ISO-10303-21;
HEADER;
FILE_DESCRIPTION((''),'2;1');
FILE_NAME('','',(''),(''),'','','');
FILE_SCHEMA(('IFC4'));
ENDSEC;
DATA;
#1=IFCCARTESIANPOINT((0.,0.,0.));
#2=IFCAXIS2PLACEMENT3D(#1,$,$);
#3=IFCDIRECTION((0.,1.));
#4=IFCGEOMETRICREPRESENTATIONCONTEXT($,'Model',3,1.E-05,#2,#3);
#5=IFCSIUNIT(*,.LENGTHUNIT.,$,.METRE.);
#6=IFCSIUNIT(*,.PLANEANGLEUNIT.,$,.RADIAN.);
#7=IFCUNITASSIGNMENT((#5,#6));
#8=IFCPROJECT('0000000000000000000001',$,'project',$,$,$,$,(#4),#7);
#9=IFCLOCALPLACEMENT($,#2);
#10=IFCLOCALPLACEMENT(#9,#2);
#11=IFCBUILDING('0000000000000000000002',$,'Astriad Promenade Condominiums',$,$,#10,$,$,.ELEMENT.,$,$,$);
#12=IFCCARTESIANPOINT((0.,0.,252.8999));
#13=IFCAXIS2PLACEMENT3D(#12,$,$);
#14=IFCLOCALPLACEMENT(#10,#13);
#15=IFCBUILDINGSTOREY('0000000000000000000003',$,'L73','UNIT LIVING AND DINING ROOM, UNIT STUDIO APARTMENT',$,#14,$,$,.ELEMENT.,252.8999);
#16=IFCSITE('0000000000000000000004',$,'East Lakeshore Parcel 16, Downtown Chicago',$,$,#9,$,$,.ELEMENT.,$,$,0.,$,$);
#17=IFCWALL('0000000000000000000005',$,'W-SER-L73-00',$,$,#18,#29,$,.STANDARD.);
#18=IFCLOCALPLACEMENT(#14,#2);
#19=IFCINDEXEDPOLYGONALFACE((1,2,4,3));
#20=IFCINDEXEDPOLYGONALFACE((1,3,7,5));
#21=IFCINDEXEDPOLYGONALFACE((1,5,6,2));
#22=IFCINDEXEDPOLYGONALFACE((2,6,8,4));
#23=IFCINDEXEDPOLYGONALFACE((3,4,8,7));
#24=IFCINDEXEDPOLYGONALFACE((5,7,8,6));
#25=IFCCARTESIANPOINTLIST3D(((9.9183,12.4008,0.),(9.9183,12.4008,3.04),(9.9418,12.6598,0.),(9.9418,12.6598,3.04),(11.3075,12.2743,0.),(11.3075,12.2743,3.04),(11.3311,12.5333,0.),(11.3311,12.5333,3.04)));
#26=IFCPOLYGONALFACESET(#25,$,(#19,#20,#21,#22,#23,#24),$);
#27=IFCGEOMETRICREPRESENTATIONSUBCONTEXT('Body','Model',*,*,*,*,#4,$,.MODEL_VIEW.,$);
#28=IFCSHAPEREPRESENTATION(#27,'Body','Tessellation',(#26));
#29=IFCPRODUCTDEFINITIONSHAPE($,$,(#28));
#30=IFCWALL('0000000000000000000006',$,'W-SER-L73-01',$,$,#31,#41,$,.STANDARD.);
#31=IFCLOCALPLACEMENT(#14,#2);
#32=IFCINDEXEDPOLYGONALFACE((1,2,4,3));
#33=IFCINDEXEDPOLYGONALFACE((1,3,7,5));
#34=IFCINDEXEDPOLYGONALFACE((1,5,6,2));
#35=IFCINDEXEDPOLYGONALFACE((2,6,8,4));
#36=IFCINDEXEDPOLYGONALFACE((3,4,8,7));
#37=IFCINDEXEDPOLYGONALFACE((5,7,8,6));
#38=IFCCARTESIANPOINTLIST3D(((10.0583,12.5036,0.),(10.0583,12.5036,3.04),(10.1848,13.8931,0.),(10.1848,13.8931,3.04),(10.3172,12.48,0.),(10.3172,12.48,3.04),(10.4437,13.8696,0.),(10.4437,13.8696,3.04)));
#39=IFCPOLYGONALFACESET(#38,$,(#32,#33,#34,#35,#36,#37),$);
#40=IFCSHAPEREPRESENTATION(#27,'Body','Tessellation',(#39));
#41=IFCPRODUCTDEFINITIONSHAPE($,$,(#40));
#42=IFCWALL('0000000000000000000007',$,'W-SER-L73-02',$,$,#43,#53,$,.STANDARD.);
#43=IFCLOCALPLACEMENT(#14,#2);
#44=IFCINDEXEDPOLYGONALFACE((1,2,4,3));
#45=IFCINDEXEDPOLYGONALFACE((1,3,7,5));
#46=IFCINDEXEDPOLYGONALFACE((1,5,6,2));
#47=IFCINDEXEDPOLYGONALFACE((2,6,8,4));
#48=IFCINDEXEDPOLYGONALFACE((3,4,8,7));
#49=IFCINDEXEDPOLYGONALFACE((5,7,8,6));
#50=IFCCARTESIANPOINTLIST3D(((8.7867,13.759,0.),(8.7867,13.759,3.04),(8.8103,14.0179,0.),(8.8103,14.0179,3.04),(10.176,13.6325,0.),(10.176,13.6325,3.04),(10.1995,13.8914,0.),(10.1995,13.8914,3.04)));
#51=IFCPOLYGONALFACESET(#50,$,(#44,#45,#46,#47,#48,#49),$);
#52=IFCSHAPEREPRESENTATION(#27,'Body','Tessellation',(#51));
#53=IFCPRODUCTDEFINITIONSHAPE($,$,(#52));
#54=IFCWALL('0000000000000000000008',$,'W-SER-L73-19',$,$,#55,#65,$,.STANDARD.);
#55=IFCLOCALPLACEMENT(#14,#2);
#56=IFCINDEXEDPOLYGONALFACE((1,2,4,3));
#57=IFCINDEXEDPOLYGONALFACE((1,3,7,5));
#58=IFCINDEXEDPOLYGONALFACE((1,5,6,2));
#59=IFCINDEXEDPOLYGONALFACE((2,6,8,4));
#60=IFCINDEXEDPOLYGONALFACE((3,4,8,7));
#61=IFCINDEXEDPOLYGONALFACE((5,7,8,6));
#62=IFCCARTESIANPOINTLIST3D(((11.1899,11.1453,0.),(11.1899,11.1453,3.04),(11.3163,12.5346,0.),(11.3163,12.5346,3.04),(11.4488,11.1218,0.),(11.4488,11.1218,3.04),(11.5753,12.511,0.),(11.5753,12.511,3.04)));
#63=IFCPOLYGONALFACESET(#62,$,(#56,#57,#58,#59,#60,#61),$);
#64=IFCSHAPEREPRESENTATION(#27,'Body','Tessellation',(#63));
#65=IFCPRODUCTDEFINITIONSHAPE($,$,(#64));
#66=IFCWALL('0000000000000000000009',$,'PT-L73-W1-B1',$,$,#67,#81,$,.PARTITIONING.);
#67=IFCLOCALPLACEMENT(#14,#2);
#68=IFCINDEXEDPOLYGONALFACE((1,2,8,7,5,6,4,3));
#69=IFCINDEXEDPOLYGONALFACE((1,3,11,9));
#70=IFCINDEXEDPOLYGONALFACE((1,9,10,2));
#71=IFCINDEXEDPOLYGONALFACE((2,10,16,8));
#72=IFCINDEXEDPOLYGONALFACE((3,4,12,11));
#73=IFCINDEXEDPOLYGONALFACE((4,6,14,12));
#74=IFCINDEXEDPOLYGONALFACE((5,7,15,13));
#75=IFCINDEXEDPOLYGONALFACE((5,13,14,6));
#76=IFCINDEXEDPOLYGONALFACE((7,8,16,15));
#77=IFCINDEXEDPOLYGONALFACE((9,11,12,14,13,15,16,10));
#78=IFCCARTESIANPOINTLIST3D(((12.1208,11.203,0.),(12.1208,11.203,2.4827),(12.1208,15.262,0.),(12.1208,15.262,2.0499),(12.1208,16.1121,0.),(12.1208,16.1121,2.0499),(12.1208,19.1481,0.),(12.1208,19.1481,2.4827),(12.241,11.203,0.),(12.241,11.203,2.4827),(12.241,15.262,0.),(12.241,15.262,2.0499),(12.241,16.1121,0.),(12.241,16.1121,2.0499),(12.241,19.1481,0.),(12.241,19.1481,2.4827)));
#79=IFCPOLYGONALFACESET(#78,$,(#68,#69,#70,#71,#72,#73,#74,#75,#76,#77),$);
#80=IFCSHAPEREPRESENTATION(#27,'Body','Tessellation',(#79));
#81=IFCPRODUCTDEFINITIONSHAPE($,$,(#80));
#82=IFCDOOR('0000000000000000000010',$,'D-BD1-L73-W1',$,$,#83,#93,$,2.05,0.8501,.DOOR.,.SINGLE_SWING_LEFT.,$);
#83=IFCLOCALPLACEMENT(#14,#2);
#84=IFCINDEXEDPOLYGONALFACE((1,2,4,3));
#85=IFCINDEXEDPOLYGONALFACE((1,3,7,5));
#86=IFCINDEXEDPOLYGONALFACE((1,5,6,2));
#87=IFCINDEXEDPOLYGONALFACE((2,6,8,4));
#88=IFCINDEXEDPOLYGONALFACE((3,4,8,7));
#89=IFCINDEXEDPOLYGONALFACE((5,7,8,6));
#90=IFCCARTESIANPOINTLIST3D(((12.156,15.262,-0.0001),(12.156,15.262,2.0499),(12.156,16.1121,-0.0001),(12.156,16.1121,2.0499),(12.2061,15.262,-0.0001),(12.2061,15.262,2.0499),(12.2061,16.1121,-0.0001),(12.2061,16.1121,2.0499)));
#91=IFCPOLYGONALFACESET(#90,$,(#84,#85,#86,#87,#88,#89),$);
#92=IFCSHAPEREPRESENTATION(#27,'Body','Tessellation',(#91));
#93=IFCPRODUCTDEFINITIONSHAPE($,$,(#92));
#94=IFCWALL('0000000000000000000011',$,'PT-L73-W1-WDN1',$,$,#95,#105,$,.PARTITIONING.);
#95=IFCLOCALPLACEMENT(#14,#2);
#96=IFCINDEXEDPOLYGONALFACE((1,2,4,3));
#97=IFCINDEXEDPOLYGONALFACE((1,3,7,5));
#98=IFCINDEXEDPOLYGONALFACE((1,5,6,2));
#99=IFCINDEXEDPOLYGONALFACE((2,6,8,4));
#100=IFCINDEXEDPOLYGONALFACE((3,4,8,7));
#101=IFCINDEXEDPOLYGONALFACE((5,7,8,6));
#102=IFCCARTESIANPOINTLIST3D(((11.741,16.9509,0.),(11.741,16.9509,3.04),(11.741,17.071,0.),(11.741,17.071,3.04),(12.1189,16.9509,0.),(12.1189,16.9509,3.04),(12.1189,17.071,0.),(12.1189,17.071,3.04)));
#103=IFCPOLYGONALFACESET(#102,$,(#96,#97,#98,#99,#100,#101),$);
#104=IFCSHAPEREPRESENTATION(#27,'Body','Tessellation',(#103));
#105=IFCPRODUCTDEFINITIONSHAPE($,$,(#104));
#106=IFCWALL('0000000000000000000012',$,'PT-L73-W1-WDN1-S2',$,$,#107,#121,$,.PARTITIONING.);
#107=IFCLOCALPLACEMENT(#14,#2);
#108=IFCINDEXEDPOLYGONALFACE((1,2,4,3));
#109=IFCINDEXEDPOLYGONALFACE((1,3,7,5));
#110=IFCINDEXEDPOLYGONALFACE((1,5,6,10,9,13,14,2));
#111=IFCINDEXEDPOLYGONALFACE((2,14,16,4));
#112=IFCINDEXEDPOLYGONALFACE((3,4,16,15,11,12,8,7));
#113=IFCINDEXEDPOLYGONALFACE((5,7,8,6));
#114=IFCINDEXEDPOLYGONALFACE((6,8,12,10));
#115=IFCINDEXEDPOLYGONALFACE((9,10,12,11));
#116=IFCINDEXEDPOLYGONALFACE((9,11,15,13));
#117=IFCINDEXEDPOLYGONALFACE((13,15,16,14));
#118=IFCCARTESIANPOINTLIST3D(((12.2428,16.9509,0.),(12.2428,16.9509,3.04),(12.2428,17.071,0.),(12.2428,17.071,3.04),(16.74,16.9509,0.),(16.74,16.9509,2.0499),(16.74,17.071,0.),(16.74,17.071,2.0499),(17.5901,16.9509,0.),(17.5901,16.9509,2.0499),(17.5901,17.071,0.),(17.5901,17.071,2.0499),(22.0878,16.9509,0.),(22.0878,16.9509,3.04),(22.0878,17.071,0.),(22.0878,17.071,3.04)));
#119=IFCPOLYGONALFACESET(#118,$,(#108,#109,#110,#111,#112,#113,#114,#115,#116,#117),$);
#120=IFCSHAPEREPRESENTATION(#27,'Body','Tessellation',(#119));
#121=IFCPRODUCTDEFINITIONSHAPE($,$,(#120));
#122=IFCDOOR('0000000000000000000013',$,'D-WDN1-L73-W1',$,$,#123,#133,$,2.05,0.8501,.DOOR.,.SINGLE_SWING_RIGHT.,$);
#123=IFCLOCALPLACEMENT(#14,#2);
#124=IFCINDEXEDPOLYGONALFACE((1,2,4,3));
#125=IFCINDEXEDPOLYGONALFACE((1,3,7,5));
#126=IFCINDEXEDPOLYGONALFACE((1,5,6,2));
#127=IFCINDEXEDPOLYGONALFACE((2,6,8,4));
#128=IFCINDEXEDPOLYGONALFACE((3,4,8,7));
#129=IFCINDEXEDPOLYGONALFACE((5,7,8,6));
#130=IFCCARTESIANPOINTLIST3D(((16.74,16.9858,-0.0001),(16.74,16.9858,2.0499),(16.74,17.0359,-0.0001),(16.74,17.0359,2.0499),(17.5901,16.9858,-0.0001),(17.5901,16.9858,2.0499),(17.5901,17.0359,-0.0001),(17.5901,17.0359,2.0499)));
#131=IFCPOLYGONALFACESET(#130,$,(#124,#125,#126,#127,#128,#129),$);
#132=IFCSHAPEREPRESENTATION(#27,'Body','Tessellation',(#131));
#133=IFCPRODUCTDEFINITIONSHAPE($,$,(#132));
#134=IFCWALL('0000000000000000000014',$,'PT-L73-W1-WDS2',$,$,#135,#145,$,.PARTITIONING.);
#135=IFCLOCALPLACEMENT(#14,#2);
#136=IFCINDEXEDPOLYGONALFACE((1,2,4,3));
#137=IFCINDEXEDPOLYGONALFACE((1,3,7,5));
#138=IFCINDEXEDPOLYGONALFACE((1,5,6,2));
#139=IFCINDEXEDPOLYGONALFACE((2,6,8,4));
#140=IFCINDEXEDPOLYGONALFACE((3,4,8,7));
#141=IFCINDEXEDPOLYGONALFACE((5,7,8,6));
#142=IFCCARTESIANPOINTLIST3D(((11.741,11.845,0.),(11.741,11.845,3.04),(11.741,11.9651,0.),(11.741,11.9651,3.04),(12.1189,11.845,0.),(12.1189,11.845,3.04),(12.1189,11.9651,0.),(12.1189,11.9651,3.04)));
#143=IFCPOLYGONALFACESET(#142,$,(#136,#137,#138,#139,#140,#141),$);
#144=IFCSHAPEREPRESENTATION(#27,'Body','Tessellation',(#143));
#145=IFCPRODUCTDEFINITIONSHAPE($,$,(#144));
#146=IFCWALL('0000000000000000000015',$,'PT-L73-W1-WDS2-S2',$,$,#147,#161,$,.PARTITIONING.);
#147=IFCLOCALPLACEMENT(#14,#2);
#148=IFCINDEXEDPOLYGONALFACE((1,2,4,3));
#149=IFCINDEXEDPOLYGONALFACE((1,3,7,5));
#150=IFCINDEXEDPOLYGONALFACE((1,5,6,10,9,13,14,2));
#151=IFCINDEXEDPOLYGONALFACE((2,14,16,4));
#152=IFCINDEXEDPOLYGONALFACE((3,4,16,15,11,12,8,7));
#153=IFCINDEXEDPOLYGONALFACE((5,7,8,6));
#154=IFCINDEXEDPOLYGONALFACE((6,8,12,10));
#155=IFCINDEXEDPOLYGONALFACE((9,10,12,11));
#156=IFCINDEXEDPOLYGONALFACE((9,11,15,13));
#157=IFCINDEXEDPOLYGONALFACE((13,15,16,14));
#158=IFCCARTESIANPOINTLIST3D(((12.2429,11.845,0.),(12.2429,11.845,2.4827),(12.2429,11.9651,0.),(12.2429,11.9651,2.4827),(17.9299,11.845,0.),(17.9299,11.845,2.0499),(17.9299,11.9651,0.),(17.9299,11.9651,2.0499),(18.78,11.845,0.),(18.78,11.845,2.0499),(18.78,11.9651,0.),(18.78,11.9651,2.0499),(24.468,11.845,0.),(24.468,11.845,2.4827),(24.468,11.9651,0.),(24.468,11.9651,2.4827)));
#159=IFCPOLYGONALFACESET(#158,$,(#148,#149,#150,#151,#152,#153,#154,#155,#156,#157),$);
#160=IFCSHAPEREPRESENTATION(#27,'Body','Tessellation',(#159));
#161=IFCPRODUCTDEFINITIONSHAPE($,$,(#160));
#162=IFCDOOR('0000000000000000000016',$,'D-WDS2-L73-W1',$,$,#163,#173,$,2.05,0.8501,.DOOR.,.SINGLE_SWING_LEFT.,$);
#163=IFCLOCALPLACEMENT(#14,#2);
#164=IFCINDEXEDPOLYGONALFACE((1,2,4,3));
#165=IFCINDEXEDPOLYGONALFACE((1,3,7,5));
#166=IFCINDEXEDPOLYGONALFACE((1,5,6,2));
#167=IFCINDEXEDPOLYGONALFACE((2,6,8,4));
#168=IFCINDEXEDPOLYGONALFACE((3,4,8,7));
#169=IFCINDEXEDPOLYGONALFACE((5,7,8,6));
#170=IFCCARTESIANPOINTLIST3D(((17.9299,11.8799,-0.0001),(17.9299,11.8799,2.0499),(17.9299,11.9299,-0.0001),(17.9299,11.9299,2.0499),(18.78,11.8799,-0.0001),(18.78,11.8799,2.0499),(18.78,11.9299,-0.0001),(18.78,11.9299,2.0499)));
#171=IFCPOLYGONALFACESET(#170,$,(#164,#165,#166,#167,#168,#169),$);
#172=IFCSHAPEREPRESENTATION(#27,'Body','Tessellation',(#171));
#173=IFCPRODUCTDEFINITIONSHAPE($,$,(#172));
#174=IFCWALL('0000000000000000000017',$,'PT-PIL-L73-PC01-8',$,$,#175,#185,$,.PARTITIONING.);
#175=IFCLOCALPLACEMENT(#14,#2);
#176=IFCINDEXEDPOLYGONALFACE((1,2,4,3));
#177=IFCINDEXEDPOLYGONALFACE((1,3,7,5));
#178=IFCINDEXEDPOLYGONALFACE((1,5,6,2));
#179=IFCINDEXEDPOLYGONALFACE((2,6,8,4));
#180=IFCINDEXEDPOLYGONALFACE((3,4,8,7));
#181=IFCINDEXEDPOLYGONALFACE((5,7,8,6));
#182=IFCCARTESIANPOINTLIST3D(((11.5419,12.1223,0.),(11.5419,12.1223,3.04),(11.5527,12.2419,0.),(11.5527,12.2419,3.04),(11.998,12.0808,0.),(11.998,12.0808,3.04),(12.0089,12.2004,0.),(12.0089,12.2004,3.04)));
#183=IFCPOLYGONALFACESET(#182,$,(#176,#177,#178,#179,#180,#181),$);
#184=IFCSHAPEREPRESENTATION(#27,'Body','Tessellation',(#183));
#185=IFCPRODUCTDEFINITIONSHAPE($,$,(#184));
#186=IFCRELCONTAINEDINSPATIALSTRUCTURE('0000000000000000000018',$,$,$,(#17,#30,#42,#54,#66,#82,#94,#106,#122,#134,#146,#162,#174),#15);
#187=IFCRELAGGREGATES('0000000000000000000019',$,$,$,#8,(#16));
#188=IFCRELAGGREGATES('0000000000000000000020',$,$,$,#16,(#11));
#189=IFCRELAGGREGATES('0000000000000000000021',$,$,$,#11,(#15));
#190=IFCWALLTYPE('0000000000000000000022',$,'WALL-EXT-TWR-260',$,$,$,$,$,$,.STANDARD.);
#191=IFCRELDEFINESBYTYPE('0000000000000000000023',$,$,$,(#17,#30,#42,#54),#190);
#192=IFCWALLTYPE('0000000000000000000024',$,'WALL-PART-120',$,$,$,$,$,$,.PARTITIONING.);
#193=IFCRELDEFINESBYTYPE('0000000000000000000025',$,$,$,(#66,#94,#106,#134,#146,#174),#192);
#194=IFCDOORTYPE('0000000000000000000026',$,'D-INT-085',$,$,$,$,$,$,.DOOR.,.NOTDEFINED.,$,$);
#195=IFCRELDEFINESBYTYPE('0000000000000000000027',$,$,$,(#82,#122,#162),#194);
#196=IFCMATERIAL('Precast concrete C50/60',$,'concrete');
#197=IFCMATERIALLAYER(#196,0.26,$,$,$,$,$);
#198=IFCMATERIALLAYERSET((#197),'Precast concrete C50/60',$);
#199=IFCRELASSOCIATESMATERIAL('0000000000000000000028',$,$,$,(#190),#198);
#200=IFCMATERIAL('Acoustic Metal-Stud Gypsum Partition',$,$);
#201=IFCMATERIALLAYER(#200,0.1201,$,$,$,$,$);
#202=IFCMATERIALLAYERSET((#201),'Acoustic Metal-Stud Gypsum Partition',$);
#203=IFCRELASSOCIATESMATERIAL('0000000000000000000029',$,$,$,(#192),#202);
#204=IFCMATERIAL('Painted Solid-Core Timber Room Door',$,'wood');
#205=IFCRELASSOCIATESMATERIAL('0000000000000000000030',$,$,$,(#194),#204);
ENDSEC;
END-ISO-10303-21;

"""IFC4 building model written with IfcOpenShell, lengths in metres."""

from ifc_helpers import new_model, si_unit, direction, frame, frame_2d, origin, place, context, subcontext, project, spatial, rectangle, extrude, source, transform, mapped, material, layer, layer_set, type_object, type_shapes, element, fill, save


model = new_model("IFC4")

# Units and contexts
model_context = context("Model", 3, precision=1e-05, world=origin(), true_north=direction((0.0, 1.0)))
body_context = subcontext(model_context, "Body", "Model", "MODEL_VIEW")
ifc_project = project(units=[si_unit("LENGTHUNIT", "METRE"), si_unit("PLANEANGLEUNIT", "RADIAN")], contexts=[model_context])

# Site, building, storey
site_placement = place(None, origin())
site = spatial("IfcSite", under=ifc_project, at=site_placement, Name="East Lakeshore Parcel 16, Downtown Chicago", CompositionType="ELEMENT", RefElevation=0.0)
building_placement = place(site_placement, origin())
building = spatial("IfcBuilding", under=site, at=building_placement, Name="Astriad Promenade Condominiums", CompositionType="ELEMENT")
storey_placement = place(building_placement, frame((0.0, 0.0, 252.8999)))
storey = spatial("IfcBuildingStorey", under=building, at=storey_placement, Name="L73", Description="UNIT LIVING AND DINING ROOM, UNIT STUDIO APARTMENT", CompositionType="ELEMENT", Elevation=252.8999)

# Shared definitions
ifc_material_1 = material(Name="Precast concrete C50/60", Category="concrete")

# Walls
ifc_layer_1 = layer(ifc_material_1, 0.26)
ifc_layer_set_1 = layer_set([ifc_layer_1], Name="Precast concrete C50/60")
wall_type_1 = type_object("IfcWallType", Name="WALL-EXT-TWR-260", PredefinedType="STANDARD", material=ifc_layer_set_1)
wall_1_placement = place(storey_placement, frame((11.3193, 12.4038, 0.0), z_axis=(0.0, 0.0, 1.0), x_axis=(-0.995882, 0.090662, 0.0)))
element("IfcWall", 1, at=wall_1_placement, inside=storey, type_object=wall_type_1, Name="W-SER-L73-00", PredefinedType="STANDARD", context=body_context, shape_type="SweptSolid", body=[
    extrude(rectangle(XDim=1.395, YDim=0.26, at=frame_2d((0.6975, 0.0))), origin(), (0.0, 0.0, 1.0), 3.04),
])
wall_2_placement = place(storey_placement, frame((10.1877, 12.4917, 0.0), z_axis=(0.0, 0.0, 1.0), x_axis=(0.090646, 0.995883, 0.0)))
element("IfcWall", 2, at=wall_2_placement, inside=storey, type_object=wall_type_1, Name="W-SER-L73-01", PredefinedType="STANDARD", context=body_context, shape_type="SweptSolid", body=[
    extrude(rectangle(XDim=1.3953, YDim=0.26, at=frame_2d((0.6978, 0.0))), origin(), (0.0, 0.0, 1.0), 3.04),
])
for number, where, z_axis, x_axis, name in (
    (3, (10.1877, 13.762, 0.0), (0.0, 0.0, 1.0), (-0.995882, 0.090662, 0.0), "W-SER-L73-02"),
    (4, (11.3193, 11.1335, 0.0), (0.0, 0.0, 1.0), (0.090662, 0.995882, 0.0), "W-SER-L73-19"),
):
    element("IfcWall", number, at=place(storey_placement, frame(where, z_axis=z_axis, x_axis=x_axis)), inside=storey, type_object=wall_type_1, Name=name, PredefinedType="STANDARD", context=body_context, shape_type="SweptSolid", body=[
        extrude(rectangle(XDim=1.395, YDim=0.26, at=frame_2d((0.6975, 0.0))), origin(), (0.0, 0.0, 1.0), 3.04),
    ])

# Wall, opening, door
ifc_material_2 = material(Name="Acoustic Metal-Stud Gypsum Partition")
ifc_layer_2 = layer(ifc_material_2, 0.1201)
ifc_layer_set_2 = layer_set([ifc_layer_2], Name="Acoustic Metal-Stud Gypsum Partition")
wall_type_2 = type_object("IfcWallType", Name="WALL-PART-120", PredefinedType="PARTITIONING", material=ifc_layer_set_2)
wall_3_placement = place(storey_placement, frame((12.1809, 11.2029, 0.0), z_axis=(0.0, 0.0, 1.0), x_axis=(0.0, 1.0, 0.0)))
wall_3 = element("IfcWall", 5, at=wall_3_placement, inside=storey, type_object=wall_type_2, Name="PT-L73-W1-B1", PredefinedType="PARTITIONING", context=body_context, shape_type="SweptSolid", body=[
    extrude(rectangle(XDim=7.9451, YDim=0.1201, at=frame_2d((3.9727, 0.0))), origin(), (0.0, 0.0, 1.0), 2.4827),
])
opening_1_placement = place(wall_3_placement, frame((4.0591, 0.0, 0.0)))
opening_1 = element("IfcOpeningElement", 6, at=opening_1_placement, cuts=wall_3, PredefinedType="OPENING", context=body_context, shape_type="SweptSolid", body=[
    extrude(rectangle(XDim=0.8501, YDim=2.05, at=frame_2d((0.425, 1.0249))), frame((0.0, 0.0701, 0.0), z_axis=(0.0, -1.0, 0.0), x_axis=(1.0, 0.0, 0.0)), (0.0, 0.0, 1.0), 0.1401),
])
ifc_material_3 = material(Name="Painted Solid-Core Timber Room Door", Category="wood")
door_type = type_object("IfcDoorType", Name="D-INT-085", OperationType="NOTDEFINED", PredefinedType="DOOR", material=ifc_material_3)
shared_shape_1 = source(origin(), body_context, "Body", "SweptSolid", [
    extrude(rectangle(XDim=0.8501, YDim=2.05, at=frame_2d((0.425, 1.0249))), frame((0.0, 0.0249, 0.0), z_axis=(0.0, -1.0, 0.0), x_axis=(1.0, 0.0, 0.0)), (0.0, 0.0, 1.0), 0.05),
])
type_shapes(door_type, [shared_shape_1])
door_1_placement = place(opening_1_placement, origin())
door_1 = element("IfcDoor", 7, at=door_1_placement, inside=storey, type_object=door_type, Name="D-BD1-L73-W1", OperationType="SINGLE_SWING_LEFT", OverallHeight=2.05, OverallWidth=0.8501, PredefinedType="DOOR", context=body_context, shape_type="MappedRepresentation", body=[
    mapped(shared_shape_1, transform((0.0, 0.0, 0.0), scale=1.0)),
])
fill(opening_1, door_1)

# Wall
wall_4_placement = place(storey_placement, frame((11.741, 17.011, 0.0), z_axis=(0.0, 0.0, 1.0), x_axis=(1.0, 0.0, 0.0)))
element("IfcWall", 8, at=wall_4_placement, inside=storey, type_object=wall_type_2, Name="PT-L73-W1-WDN1", PredefinedType="PARTITIONING", context=body_context, shape_type="SweptSolid", body=[
    extrude(rectangle(XDim=0.3779, YDim=0.1201, at=frame_2d((0.189, 0.0))), origin(), (0.0, 0.0, 1.0), 3.04),
])

# Wall, opening, door
wall_5_placement = place(storey_placement, frame((12.2429, 17.011, 0.0), z_axis=(0.0, 0.0, 1.0), x_axis=(1.0, 0.0, 0.0)))
wall_5 = element("IfcWall", 9, at=wall_5_placement, inside=storey, type_object=wall_type_2, Name="PT-L73-W1-WDN1-S2", PredefinedType="PARTITIONING", context=body_context, shape_type="SweptSolid", body=[
    extrude(rectangle(XDim=9.845, YDim=0.1201, at=frame_2d((4.9224, 0.0))), origin(), (0.0, 0.0, 1.0), 3.04),
])
opening_2_placement = place(wall_5_placement, frame((4.4971, 0.0, 0.0)))
opening_2 = element("IfcOpeningElement", 10, at=opening_2_placement, cuts=wall_5, PredefinedType="OPENING", context=body_context, shape_type="SweptSolid", body=[
    extrude(rectangle(XDim=0.8501, YDim=2.05, at=frame_2d((0.425, 1.0249))), frame((0.0, 0.0701, 0.0), z_axis=(0.0, -1.0, 0.0), x_axis=(1.0, 0.0, 0.0)), (0.0, 0.0, 1.0), 0.1401),
])
door_2_placement = place(opening_2_placement, origin())
door_2 = element("IfcDoor", 11, at=door_2_placement, inside=storey, type_object=door_type, Name="D-WDN1-L73-W1", OperationType="SINGLE_SWING_RIGHT", OverallHeight=2.05, OverallWidth=0.8501, PredefinedType="DOOR", context=body_context, shape_type="MappedRepresentation", body=[
    mapped(shared_shape_1, transform((0.0, 0.0, 0.0), scale=1.0)),
])
fill(opening_2, door_2)

# Wall
wall_6_placement = place(storey_placement, frame((11.741, 11.905, 0.0), z_axis=(0.0, 0.0, 1.0), x_axis=(1.0, 0.0, 0.0)))
element("IfcWall", 12, at=wall_6_placement, inside=storey, type_object=wall_type_2, Name="PT-L73-W1-WDS2", PredefinedType="PARTITIONING", context=body_context, shape_type="SweptSolid", body=[
    extrude(rectangle(XDim=0.3779, YDim=0.1201, at=frame_2d((0.189, 0.0))), origin(), (0.0, 0.0, 1.0), 3.04),
])

# Wall, opening, door
wall_7_placement = place(storey_placement, frame((12.2429, 11.905, 0.0), z_axis=(0.0, 0.0, 1.0), x_axis=(1.0, 0.0, 0.0)))
wall_7 = element("IfcWall", 13, at=wall_7_placement, inside=storey, type_object=wall_type_2, Name="PT-L73-W1-WDS2-S2", PredefinedType="PARTITIONING", context=body_context, shape_type="SweptSolid", body=[
    extrude(rectangle(XDim=12.2251, YDim=0.1201, at=frame_2d((6.1125, 0.0))), origin(), (0.0, 0.0, 1.0), 2.4827),
])
opening_3_placement = place(wall_7_placement, frame((5.687, 0.0, 0.0)))
opening_3 = element("IfcOpeningElement", 14, at=opening_3_placement, cuts=wall_7, PredefinedType="OPENING", context=body_context, shape_type="SweptSolid", body=[
    extrude(rectangle(XDim=0.8501, YDim=2.05, at=frame_2d((0.425, 1.0249))), frame((0.0, 0.0701, 0.0), z_axis=(0.0, -1.0, 0.0), x_axis=(1.0, 0.0, 0.0)), (0.0, 0.0, 1.0), 0.1401),
])
door_3_placement = place(opening_3_placement, origin())
door_3 = element("IfcDoor", 15, at=door_3_placement, inside=storey, type_object=door_type, Name="D-WDS2-L73-W1", OperationType="SINGLE_SWING_LEFT", OverallHeight=2.05, OverallWidth=0.8501, PredefinedType="DOOR", context=body_context, shape_type="MappedRepresentation", body=[
    mapped(shared_shape_1, transform((0.0, 0.0, 0.0), scale=1.0)),
])
fill(opening_3, door_3)

# Wall
wall_8_placement = place(storey_placement, frame((12.0034, 12.1406, 0.0), z_axis=(0.0, 0.0, 1.0), x_axis=(-0.995884, 0.090632, 0.0)))
element("IfcWall", 16, at=wall_8_placement, inside=storey, type_object=wall_type_2, Name="PT-PIL-L73-PC01-8", PredefinedType="PARTITIONING", context=body_context, shape_type="SweptSolid", body=[
    extrude(rectangle(XDim=0.458, YDim=0.1201, at=frame_2d((0.229, 0.0))), origin(), (0.0, 0.0, 1.0), 3.04),
])

save(model, "model.ifc")
